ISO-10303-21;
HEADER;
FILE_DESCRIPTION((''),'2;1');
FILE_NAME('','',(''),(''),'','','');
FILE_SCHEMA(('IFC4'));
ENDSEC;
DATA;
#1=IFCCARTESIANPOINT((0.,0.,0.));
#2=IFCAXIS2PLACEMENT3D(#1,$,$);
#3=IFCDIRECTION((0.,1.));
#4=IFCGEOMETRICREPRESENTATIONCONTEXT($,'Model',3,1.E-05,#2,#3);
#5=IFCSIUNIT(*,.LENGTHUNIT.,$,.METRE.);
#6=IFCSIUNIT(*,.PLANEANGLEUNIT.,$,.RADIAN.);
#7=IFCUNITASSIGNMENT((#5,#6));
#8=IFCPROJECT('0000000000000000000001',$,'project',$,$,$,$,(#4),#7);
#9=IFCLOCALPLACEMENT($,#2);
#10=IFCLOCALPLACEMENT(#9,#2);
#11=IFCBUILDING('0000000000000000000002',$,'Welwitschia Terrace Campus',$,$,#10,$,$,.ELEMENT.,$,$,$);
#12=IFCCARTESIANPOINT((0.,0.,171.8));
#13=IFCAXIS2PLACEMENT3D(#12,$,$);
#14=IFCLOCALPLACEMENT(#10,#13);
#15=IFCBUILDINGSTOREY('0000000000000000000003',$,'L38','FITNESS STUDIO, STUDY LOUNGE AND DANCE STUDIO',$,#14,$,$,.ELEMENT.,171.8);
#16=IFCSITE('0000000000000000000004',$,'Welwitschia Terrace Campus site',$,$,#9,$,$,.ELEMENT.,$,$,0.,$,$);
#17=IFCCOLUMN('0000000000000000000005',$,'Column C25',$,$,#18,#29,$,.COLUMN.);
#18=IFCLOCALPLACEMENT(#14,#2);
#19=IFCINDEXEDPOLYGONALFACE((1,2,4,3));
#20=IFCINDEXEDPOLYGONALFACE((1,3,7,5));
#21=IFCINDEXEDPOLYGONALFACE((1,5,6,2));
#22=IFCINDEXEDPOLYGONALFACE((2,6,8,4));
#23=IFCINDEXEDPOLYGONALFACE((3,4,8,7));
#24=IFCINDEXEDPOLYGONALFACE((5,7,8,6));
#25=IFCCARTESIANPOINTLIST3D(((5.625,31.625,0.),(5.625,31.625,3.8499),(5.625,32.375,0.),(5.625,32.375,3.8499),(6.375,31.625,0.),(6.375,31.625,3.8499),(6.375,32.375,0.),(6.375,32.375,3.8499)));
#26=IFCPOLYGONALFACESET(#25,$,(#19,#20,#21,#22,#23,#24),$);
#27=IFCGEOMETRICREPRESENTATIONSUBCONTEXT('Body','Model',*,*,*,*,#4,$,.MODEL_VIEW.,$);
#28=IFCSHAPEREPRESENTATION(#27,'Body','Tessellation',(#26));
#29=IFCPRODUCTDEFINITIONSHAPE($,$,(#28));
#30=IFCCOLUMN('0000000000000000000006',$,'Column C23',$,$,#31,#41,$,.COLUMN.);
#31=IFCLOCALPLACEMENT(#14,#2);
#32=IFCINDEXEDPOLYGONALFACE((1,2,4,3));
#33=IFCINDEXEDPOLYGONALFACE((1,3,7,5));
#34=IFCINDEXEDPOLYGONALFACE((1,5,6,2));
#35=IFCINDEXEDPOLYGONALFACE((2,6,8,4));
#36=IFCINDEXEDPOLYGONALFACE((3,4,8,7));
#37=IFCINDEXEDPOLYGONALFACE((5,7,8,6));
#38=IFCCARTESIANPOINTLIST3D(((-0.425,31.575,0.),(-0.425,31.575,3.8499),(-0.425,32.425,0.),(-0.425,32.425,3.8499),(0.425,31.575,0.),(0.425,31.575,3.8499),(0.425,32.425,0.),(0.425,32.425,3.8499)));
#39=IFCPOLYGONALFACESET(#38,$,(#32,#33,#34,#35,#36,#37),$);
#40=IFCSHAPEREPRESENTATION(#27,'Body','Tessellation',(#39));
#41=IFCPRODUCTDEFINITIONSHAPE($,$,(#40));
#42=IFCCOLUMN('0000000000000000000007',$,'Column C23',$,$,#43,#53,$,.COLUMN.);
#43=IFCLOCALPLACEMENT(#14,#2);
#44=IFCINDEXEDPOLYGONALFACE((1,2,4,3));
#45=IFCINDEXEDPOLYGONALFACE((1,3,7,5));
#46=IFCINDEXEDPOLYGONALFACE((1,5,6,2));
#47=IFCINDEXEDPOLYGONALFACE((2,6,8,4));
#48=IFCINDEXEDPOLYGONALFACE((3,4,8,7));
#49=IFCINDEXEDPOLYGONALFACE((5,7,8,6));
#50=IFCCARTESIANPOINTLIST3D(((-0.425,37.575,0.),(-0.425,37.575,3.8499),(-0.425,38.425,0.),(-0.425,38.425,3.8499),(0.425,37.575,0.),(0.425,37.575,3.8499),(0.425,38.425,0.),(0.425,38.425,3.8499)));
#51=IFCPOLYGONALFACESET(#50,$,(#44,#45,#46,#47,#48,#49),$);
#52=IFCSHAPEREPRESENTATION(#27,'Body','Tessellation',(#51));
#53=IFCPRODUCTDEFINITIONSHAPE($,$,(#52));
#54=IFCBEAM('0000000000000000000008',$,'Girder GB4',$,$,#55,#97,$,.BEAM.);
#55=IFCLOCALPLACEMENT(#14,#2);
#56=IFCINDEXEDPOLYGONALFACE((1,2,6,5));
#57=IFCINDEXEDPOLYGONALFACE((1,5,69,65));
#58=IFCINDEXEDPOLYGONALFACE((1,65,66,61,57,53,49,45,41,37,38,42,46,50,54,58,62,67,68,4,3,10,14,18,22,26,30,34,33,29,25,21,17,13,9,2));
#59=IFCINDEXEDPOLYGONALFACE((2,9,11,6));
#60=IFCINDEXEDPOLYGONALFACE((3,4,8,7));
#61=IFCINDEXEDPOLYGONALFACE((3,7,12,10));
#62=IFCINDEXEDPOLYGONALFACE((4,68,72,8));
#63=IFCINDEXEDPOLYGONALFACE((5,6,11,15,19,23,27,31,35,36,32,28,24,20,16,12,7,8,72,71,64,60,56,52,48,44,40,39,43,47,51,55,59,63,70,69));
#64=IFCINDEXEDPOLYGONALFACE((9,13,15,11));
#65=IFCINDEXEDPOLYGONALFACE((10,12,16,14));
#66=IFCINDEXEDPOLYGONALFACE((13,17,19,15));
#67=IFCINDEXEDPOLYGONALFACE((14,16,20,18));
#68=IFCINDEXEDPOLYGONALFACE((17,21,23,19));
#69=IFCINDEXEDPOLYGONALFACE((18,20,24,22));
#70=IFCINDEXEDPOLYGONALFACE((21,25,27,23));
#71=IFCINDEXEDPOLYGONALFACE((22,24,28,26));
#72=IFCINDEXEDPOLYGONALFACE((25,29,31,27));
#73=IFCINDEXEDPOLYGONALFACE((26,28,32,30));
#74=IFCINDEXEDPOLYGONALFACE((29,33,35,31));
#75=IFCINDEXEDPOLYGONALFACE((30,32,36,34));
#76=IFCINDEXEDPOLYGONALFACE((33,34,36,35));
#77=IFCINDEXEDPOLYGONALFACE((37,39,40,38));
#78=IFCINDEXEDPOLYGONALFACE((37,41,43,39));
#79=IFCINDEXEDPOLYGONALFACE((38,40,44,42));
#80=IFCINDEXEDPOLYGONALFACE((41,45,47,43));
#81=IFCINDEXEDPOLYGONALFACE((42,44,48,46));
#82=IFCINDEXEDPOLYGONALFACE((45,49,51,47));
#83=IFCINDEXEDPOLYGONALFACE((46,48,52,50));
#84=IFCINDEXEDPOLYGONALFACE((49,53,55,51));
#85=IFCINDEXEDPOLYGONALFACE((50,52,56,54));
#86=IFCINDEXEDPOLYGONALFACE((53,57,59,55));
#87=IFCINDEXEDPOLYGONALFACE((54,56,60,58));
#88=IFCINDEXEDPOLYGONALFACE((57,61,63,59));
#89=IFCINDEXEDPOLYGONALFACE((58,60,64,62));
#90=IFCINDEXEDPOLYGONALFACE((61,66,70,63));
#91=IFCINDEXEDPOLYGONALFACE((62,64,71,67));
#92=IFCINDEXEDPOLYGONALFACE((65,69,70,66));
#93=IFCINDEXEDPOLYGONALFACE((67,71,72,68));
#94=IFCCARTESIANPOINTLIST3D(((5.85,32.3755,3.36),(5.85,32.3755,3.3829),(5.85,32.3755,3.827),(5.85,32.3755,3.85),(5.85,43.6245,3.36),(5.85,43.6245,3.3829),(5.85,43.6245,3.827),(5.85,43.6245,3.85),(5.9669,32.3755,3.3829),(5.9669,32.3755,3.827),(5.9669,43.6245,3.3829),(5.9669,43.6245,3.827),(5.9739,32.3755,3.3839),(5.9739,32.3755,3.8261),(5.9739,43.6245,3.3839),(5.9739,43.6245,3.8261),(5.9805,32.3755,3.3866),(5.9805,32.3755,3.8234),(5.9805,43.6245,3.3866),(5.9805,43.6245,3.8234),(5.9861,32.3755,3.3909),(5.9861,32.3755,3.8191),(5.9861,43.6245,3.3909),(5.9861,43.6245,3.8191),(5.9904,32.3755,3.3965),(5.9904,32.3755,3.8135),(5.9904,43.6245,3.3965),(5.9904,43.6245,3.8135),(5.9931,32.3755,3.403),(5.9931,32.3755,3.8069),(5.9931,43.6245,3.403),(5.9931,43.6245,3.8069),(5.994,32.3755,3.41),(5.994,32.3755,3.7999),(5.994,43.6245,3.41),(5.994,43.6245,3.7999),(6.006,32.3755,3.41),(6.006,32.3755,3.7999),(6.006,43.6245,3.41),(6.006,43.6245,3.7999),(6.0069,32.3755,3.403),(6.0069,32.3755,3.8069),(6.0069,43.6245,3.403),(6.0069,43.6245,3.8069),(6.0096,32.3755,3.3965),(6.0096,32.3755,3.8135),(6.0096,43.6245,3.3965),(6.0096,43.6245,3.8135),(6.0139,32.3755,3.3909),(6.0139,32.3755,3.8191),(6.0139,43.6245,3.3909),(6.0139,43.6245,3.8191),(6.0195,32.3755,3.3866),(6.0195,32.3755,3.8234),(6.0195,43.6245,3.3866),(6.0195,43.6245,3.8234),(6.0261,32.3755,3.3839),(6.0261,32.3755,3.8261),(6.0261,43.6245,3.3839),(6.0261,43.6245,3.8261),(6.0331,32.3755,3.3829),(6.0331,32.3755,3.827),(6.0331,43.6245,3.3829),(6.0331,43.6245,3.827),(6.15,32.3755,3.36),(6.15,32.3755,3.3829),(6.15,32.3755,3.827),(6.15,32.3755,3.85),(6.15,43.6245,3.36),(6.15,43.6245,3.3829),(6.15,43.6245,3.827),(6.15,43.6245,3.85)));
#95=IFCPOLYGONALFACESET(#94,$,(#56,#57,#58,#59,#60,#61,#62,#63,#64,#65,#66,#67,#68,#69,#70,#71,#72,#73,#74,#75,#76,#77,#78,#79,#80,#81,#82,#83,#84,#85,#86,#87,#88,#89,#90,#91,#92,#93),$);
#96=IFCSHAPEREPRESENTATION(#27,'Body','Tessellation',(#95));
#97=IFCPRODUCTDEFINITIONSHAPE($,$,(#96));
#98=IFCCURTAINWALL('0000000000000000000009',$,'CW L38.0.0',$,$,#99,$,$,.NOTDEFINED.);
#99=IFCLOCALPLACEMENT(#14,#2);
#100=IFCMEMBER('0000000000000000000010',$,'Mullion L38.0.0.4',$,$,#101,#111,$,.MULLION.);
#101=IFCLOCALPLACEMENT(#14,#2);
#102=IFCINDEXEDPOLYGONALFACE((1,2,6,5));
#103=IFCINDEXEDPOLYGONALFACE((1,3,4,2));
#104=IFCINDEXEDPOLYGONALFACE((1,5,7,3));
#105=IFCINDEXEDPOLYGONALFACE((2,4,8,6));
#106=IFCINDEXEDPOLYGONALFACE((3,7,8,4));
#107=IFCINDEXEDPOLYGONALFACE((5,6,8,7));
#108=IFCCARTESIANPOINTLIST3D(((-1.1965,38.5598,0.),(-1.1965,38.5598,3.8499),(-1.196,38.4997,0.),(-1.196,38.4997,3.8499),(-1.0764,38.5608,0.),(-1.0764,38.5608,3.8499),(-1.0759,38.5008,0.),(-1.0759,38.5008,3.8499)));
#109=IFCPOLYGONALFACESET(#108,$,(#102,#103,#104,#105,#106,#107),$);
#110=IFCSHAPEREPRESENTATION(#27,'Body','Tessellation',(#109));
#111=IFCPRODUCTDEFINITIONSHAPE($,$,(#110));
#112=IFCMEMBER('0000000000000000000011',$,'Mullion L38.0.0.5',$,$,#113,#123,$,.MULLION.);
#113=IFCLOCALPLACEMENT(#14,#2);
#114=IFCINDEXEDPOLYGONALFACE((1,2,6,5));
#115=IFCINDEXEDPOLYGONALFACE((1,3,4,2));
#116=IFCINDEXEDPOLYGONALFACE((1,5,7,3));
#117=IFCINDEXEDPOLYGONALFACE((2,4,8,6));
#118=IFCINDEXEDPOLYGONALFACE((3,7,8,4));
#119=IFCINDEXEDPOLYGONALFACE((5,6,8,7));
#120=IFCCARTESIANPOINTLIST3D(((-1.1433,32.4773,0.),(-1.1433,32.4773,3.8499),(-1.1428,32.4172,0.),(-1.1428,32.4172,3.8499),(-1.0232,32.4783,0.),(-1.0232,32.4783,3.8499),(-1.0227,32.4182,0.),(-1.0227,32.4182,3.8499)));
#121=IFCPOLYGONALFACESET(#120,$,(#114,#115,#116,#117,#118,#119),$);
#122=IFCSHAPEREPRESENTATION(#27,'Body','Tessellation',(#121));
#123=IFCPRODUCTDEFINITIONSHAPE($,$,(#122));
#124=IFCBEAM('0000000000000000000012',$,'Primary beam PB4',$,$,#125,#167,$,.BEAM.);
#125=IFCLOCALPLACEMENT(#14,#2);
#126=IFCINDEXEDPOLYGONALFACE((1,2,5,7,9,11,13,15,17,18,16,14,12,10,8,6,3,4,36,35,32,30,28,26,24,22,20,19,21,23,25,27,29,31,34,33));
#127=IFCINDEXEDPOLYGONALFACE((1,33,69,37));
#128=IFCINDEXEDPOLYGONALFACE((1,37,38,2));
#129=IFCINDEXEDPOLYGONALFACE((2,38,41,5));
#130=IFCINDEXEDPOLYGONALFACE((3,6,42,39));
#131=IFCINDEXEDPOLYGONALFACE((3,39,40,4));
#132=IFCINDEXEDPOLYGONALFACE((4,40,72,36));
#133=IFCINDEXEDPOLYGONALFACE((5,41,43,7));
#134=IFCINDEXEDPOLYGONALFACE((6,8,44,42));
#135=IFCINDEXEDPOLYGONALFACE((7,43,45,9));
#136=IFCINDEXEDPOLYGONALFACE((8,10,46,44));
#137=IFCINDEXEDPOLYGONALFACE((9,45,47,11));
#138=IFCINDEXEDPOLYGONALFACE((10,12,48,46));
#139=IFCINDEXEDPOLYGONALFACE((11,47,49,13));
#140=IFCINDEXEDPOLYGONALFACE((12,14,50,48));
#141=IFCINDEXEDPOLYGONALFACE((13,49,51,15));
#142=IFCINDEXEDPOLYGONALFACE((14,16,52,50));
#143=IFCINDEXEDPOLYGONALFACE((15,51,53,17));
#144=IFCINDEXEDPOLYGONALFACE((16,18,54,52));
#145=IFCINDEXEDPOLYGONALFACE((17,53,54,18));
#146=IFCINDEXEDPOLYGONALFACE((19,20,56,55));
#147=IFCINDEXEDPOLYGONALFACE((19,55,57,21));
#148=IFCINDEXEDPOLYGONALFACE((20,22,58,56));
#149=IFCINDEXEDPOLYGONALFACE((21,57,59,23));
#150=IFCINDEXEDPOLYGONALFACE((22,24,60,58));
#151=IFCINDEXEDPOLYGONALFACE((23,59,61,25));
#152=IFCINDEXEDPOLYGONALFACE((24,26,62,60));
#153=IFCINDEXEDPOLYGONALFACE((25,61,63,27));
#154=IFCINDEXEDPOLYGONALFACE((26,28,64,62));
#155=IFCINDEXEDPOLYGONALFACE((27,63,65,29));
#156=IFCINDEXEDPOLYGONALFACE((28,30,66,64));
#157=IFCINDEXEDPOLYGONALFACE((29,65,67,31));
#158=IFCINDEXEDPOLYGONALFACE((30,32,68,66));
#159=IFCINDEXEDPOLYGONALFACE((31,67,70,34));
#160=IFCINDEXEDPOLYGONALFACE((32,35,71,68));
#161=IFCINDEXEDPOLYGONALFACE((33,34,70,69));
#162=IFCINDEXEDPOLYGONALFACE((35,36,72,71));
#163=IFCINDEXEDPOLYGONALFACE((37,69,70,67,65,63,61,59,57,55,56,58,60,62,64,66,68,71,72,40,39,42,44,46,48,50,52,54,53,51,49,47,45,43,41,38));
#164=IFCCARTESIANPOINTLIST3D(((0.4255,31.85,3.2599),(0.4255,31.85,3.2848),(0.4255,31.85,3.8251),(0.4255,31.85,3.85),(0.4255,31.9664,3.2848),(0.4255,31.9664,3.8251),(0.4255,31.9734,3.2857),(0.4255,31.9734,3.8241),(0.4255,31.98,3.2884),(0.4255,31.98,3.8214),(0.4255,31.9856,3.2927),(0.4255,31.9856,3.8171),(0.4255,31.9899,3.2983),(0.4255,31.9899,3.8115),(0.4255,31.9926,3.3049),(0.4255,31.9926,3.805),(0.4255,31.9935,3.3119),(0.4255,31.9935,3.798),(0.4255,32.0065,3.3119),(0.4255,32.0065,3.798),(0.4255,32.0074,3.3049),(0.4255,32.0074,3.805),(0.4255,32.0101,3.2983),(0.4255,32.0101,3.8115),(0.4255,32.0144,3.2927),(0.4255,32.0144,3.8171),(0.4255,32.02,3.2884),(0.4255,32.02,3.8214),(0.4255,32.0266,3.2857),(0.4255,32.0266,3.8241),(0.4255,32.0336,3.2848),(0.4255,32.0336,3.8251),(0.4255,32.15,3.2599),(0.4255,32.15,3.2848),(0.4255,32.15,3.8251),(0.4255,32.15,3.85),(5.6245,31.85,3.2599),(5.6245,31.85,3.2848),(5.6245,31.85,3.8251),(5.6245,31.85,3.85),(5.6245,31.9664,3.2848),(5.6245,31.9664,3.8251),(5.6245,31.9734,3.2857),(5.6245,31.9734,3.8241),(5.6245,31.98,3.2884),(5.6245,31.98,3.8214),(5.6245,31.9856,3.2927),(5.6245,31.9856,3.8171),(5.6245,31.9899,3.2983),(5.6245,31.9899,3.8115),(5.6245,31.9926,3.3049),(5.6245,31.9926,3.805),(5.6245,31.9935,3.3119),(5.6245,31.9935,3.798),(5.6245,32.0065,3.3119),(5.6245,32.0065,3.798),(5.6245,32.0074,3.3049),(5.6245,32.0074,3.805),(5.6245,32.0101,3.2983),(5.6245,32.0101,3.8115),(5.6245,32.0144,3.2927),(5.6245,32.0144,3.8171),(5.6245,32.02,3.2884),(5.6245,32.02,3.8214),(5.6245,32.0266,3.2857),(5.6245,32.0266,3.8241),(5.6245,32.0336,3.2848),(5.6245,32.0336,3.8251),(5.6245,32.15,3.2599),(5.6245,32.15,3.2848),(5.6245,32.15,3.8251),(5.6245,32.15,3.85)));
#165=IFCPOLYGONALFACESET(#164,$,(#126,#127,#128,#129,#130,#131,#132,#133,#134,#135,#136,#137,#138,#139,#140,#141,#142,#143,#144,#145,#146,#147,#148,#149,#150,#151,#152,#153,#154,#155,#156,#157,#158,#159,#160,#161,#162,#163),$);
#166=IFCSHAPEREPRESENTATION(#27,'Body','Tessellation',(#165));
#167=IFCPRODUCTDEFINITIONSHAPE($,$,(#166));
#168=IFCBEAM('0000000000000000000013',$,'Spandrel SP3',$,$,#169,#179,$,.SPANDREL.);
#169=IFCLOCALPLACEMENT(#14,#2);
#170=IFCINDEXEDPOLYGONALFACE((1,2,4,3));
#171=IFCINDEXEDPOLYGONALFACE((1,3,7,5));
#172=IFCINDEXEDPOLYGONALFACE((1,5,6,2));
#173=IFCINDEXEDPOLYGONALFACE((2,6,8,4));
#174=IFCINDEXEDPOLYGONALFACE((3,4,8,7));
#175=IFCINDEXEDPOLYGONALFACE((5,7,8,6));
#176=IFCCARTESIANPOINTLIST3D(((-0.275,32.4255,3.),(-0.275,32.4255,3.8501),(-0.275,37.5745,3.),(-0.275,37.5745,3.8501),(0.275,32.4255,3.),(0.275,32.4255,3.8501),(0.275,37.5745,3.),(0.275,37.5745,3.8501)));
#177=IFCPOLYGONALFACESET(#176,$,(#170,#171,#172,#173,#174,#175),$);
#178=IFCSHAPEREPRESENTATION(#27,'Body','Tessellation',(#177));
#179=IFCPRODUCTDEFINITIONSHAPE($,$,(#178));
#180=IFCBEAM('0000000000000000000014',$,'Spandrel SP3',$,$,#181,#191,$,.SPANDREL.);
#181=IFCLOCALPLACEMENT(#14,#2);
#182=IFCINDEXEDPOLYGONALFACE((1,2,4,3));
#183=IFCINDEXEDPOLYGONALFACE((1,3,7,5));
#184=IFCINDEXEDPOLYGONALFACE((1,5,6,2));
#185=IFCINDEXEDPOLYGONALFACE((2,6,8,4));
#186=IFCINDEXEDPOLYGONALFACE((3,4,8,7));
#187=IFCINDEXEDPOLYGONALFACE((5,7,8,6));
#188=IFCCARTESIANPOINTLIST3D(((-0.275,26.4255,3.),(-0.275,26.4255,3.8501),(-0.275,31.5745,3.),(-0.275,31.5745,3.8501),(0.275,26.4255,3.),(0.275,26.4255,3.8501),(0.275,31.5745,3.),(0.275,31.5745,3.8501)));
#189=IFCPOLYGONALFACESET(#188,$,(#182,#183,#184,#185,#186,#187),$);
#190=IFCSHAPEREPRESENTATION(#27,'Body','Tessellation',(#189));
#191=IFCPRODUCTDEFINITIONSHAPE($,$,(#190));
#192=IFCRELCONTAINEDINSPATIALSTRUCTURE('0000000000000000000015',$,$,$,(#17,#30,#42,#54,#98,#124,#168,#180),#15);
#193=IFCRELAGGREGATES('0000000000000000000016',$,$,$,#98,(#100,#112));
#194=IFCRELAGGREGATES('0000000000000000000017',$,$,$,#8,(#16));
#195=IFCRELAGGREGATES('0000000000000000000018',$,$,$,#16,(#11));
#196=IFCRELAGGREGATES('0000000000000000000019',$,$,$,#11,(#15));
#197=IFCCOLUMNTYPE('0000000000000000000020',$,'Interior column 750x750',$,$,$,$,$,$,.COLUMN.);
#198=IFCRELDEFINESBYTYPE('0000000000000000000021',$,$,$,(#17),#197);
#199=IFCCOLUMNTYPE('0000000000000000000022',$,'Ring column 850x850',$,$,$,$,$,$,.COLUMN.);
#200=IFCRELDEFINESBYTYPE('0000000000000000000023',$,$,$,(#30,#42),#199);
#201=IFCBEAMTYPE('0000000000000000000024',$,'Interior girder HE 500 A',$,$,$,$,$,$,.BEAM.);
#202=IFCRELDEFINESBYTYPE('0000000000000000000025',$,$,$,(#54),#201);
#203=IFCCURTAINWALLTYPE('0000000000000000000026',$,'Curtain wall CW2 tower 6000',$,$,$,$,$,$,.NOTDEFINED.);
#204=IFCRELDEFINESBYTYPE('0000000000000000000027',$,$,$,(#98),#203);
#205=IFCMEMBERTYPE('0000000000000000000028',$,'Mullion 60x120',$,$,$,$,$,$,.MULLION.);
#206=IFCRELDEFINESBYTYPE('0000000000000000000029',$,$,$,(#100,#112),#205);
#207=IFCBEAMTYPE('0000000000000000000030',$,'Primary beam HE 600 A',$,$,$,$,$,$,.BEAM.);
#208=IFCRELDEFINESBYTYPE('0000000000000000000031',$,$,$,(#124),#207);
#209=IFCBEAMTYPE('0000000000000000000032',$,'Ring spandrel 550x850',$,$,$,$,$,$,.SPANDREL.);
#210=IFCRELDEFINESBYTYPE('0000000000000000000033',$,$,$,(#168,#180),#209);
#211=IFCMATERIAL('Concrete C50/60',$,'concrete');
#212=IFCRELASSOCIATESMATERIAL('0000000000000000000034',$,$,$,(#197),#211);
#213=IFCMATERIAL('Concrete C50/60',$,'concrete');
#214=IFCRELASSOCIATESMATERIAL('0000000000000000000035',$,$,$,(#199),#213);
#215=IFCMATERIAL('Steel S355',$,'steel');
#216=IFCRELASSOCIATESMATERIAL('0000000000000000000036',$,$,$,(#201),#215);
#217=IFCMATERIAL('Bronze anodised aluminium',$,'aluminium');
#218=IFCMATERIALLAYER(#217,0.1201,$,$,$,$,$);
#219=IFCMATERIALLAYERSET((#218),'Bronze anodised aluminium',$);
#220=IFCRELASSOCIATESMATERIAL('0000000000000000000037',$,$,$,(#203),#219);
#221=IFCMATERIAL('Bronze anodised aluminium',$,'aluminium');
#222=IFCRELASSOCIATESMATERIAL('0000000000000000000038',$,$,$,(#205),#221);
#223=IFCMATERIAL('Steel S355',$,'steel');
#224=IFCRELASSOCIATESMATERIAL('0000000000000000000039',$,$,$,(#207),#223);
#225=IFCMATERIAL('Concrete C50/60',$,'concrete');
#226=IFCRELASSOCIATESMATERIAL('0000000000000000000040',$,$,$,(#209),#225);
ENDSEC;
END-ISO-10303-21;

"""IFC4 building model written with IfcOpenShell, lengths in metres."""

from ifc_helpers import new_model, si_unit, direction, frame, origin, origin_2d, place, context, subcontext, project, spatial, rectangle, i_section, extrude, material, layer, layer_set, material_profile, profile_set, type_object, element, aggregate, save


model = new_model("IFC4")

# Units and contexts
model_context = context("Model", 3, precision=1e-05, world=origin(), true_north=direction((0.0, 1.0)))
body_context = subcontext(model_context, "Body", "Model", "MODEL_VIEW")
ifc_project = project(units=[si_unit("LENGTHUNIT", "METRE"), si_unit("PLANEANGLEUNIT", "RADIAN")], contexts=[model_context])

# Site, building, storey
site_placement = place(None, origin())
site = spatial("IfcSite", under=ifc_project, at=site_placement, Name="Welwitschia Terrace Campus site", CompositionType="ELEMENT", RefElevation=0.0)
building_placement = place(site_placement, origin())
building = spatial("IfcBuilding", under=site, at=building_placement, Name="Welwitschia Terrace Campus", CompositionType="ELEMENT")
storey_placement = place(building_placement, frame((0.0, 0.0, 171.8)))
storey = spatial("IfcBuildingStorey", under=building, at=storey_placement, Name="L38", Description="FITNESS STUDIO, STUDY LOUNGE AND DANCE STUDIO", CompositionType="ELEMENT", Elevation=171.8)

# Columns
ifc_material_1 = material(Name="Concrete C50/60", Category="concrete")
ifc_material_profile_1 = material_profile(ifc_material_1, rectangle(XDim=0.75, YDim=0.75, at=origin_2d()))
ifc_profile_set_1 = profile_set([ifc_material_profile_1], Name="Concrete C50/60")
column_type_1 = type_object("IfcColumnType", Name="Interior column 750x750", PredefinedType="COLUMN", material=ifc_profile_set_1)
column_placement = place(storey_placement, frame((6.0, 32.0, 0.0), z_axis=(0.0, 0.0, 1.0), x_axis=(1.0, 0.0, 0.0)))
element("IfcColumn", 1, at=column_placement, inside=storey, type_object=column_type_1, Name="Column C25", PredefinedType="COLUMN", context=body_context, shape_type="SweptSolid", body=[
    extrude(rectangle(XDim=0.75, YDim=0.75, at=origin_2d()), origin(), (0.0, 0.0, 1.0), 3.8499),
])
ifc_material_2 = material(Name="Concrete C50/60", Category="concrete")
ifc_material_profile_2 = material_profile(ifc_material_2, rectangle(XDim=0.8501, YDim=0.8501, at=origin_2d()))
ifc_profile_set_2 = profile_set([ifc_material_profile_2], Name="Concrete C50/60")
column_type_2 = type_object("IfcColumnType", Name="Ring column 850x850", PredefinedType="COLUMN", material=ifc_profile_set_2)
for number, where, z_axis, x_axis, name in (
    (2, (0.0, 32.0, 0.0), (0.0, 0.0, 1.0), (1.0, 0.0, 0.0), "Column C23"),
    (3, (0.0, 38.0, 0.0), (0.0, 0.0, 1.0), (1.0, 0.0, 0.0), "Column C23"),
):
    element("IfcColumn", number, at=place(storey_placement, frame(where, z_axis=z_axis, x_axis=x_axis)), inside=storey, type_object=column_type_2, Name=name, PredefinedType="COLUMN", context=body_context, shape_type="SweptSolid", body=[
        extrude(rectangle(XDim=0.8501, YDim=0.8501, at=origin_2d()), origin(), (0.0, 0.0, 1.0), 3.8499),
    ])

# Beam
ifc_material_3 = material(Name="Steel S355", Category="steel")
ifc_material_profile_3 = material_profile(ifc_material_3, i_section(OverallWidth=0.3, OverallDepth=0.49, WebThickness=0.012, FlangeThickness=0.0229, FilletRadius=0.0271, at=origin_2d()))
ifc_profile_set_3 = profile_set([ifc_material_profile_3], Name="Steel S355")
beam_type_1 = type_object("IfcBeamType", Name="Interior girder HE 500 A", PredefinedType="BEAM", material=ifc_profile_set_3)
beam_1_placement = place(storey_placement, frame((6.0, 32.3755, 3.605), z_axis=(0.0, 1.0, 0.0), x_axis=(-1.0, 0.0, 0.0)))
element("IfcBeam", 4, at=beam_1_placement, inside=storey, type_object=beam_type_1, Name="Girder GB4", PredefinedType="BEAM", context=body_context, shape_type="SweptSolid", body=[
    extrude(i_section(OverallWidth=0.3, OverallDepth=0.49, WebThickness=0.012, FlangeThickness=0.0229, FilletRadius=0.0271, at=origin_2d()), origin(), (0.0, 0.0, 1.0), 11.249),
])

# Curtain wall, members
ifc_material_4 = material(Name="Bronze anodised aluminium", Category="aluminium")
ifc_layer_1 = layer(ifc_material_4, 0.1201)
ifc_layer_set_1 = layer_set([ifc_layer_1], Name="Bronze anodised aluminium")
curtain_wall_type = type_object("IfcCurtainWallType", Name="Curtain wall CW2 tower 6000", PredefinedType="NOTDEFINED", material=ifc_layer_set_1)
curtain_wall_placement = place(storey_placement, origin())
curtain_wall = element("IfcCurtainWall", 5, at=curtain_wall_placement, inside=storey, type_object=curtain_wall_type, Name="CW L38.0.0", PredefinedType="NOTDEFINED")
ifc_material_5 = material(Name="Bronze anodised aluminium", Category="aluminium")
ifc_material_profile_4 = material_profile(ifc_material_5, rectangle(XDim=0.1201, YDim=0.0601, at=origin_2d()))
ifc_profile_set_4 = profile_set([ifc_material_profile_4], Name="Bronze anodised aluminium")
member_type = type_object("IfcMemberType", Name="Mullion 60x120", PredefinedType="MULLION", material=ifc_profile_set_4)
member_1_placement = place(storey_placement, frame((-1.1362, 38.5303, 0.0), z_axis=(0.0, 0.0, 1.0), x_axis=(0.999962, 0.008727, 0.0)))
member_1 = element("IfcMember", 6, at=member_1_placement, type_object=member_type, Name="Mullion L38.0.0.4", PredefinedType="MULLION", context=body_context, shape_type="SweptSolid", body=[
    extrude(rectangle(XDim=0.1201, YDim=0.0601, at=origin_2d()), origin(), (0.0, 0.0, 1.0), 3.8499),
])
member_2_placement = place(storey_placement, frame((-1.083, 32.4478, 0.0), z_axis=(0.0, 0.0, 1.0), x_axis=(0.999962, 0.008727, 0.0)))
member_2 = element("IfcMember", 7, at=member_2_placement, type_object=member_type, Name="Mullion L38.0.0.5", PredefinedType="MULLION", context=body_context, shape_type="SweptSolid", body=[
    extrude(rectangle(XDim=0.1201, YDim=0.0601, at=origin_2d()), origin(), (0.0, 0.0, 1.0), 3.8499),
])

# Beams
ifc_material_6 = material(Name="Steel S355", Category="steel")
ifc_material_profile_5 = material_profile(ifc_material_6, i_section(OverallWidth=0.3, OverallDepth=0.5901, WebThickness=0.0129, FlangeThickness=0.0249, FilletRadius=0.0271, at=origin_2d()))
ifc_profile_set_5 = profile_set([ifc_material_profile_5], Name="Steel S355")
beam_type_2 = type_object("IfcBeamType", Name="Primary beam HE 600 A", PredefinedType="BEAM", material=ifc_profile_set_5)
beam_2_placement = place(storey_placement, frame((0.4255, 32.0, 3.5549), z_axis=(1.0, 0.0, 0.0), x_axis=(0.0, 1.0, 0.0)))
element("IfcBeam", 8, at=beam_2_placement, inside=storey, type_object=beam_type_2, Name="Primary beam PB4", PredefinedType="BEAM", context=body_context, shape_type="SweptSolid", body=[
    extrude(i_section(OverallWidth=0.3, OverallDepth=0.5901, WebThickness=0.0129, FlangeThickness=0.0249, FilletRadius=0.0271, at=origin_2d()), origin(), (0.0, 0.0, 1.0), 5.199),
])
ifc_material_7 = material(Name="Concrete C50/60", Category="concrete")
ifc_material_profile_6 = material_profile(ifc_material_7, rectangle(XDim=0.55, YDim=0.8501, at=origin_2d()))
ifc_profile_set_6 = profile_set([ifc_material_profile_6], Name="Concrete C50/60")
beam_type_3 = type_object("IfcBeamType", Name="Ring spandrel 550x850", PredefinedType="SPANDREL", material=ifc_profile_set_6)
for number, where, z_axis, x_axis, name in (
    (9, (0.0, 37.5745, 3.425), (0.0, -1.0, 0.0), (1.0, 0.0, 0.0), "Spandrel SP3"),
    (10, (0.0, 31.5745, 3.425), (0.0, -1.0, 0.0), (1.0, 0.0, 0.0), "Spandrel SP3"),
):
    element("IfcBeam", number, at=place(storey_placement, frame(where, z_axis=z_axis, x_axis=x_axis)), inside=storey, type_object=beam_type_3, Name=name, PredefinedType="SPANDREL", context=body_context, shape_type="SweptSolid", body=[
        extrude(rectangle(XDim=0.55, YDim=0.8501, at=origin_2d()), origin(), (0.0, 0.0, 1.0), 5.1489),
    ])

aggregate(curtain_wall, [member_1, member_2])

save(model, "model.ifc")
